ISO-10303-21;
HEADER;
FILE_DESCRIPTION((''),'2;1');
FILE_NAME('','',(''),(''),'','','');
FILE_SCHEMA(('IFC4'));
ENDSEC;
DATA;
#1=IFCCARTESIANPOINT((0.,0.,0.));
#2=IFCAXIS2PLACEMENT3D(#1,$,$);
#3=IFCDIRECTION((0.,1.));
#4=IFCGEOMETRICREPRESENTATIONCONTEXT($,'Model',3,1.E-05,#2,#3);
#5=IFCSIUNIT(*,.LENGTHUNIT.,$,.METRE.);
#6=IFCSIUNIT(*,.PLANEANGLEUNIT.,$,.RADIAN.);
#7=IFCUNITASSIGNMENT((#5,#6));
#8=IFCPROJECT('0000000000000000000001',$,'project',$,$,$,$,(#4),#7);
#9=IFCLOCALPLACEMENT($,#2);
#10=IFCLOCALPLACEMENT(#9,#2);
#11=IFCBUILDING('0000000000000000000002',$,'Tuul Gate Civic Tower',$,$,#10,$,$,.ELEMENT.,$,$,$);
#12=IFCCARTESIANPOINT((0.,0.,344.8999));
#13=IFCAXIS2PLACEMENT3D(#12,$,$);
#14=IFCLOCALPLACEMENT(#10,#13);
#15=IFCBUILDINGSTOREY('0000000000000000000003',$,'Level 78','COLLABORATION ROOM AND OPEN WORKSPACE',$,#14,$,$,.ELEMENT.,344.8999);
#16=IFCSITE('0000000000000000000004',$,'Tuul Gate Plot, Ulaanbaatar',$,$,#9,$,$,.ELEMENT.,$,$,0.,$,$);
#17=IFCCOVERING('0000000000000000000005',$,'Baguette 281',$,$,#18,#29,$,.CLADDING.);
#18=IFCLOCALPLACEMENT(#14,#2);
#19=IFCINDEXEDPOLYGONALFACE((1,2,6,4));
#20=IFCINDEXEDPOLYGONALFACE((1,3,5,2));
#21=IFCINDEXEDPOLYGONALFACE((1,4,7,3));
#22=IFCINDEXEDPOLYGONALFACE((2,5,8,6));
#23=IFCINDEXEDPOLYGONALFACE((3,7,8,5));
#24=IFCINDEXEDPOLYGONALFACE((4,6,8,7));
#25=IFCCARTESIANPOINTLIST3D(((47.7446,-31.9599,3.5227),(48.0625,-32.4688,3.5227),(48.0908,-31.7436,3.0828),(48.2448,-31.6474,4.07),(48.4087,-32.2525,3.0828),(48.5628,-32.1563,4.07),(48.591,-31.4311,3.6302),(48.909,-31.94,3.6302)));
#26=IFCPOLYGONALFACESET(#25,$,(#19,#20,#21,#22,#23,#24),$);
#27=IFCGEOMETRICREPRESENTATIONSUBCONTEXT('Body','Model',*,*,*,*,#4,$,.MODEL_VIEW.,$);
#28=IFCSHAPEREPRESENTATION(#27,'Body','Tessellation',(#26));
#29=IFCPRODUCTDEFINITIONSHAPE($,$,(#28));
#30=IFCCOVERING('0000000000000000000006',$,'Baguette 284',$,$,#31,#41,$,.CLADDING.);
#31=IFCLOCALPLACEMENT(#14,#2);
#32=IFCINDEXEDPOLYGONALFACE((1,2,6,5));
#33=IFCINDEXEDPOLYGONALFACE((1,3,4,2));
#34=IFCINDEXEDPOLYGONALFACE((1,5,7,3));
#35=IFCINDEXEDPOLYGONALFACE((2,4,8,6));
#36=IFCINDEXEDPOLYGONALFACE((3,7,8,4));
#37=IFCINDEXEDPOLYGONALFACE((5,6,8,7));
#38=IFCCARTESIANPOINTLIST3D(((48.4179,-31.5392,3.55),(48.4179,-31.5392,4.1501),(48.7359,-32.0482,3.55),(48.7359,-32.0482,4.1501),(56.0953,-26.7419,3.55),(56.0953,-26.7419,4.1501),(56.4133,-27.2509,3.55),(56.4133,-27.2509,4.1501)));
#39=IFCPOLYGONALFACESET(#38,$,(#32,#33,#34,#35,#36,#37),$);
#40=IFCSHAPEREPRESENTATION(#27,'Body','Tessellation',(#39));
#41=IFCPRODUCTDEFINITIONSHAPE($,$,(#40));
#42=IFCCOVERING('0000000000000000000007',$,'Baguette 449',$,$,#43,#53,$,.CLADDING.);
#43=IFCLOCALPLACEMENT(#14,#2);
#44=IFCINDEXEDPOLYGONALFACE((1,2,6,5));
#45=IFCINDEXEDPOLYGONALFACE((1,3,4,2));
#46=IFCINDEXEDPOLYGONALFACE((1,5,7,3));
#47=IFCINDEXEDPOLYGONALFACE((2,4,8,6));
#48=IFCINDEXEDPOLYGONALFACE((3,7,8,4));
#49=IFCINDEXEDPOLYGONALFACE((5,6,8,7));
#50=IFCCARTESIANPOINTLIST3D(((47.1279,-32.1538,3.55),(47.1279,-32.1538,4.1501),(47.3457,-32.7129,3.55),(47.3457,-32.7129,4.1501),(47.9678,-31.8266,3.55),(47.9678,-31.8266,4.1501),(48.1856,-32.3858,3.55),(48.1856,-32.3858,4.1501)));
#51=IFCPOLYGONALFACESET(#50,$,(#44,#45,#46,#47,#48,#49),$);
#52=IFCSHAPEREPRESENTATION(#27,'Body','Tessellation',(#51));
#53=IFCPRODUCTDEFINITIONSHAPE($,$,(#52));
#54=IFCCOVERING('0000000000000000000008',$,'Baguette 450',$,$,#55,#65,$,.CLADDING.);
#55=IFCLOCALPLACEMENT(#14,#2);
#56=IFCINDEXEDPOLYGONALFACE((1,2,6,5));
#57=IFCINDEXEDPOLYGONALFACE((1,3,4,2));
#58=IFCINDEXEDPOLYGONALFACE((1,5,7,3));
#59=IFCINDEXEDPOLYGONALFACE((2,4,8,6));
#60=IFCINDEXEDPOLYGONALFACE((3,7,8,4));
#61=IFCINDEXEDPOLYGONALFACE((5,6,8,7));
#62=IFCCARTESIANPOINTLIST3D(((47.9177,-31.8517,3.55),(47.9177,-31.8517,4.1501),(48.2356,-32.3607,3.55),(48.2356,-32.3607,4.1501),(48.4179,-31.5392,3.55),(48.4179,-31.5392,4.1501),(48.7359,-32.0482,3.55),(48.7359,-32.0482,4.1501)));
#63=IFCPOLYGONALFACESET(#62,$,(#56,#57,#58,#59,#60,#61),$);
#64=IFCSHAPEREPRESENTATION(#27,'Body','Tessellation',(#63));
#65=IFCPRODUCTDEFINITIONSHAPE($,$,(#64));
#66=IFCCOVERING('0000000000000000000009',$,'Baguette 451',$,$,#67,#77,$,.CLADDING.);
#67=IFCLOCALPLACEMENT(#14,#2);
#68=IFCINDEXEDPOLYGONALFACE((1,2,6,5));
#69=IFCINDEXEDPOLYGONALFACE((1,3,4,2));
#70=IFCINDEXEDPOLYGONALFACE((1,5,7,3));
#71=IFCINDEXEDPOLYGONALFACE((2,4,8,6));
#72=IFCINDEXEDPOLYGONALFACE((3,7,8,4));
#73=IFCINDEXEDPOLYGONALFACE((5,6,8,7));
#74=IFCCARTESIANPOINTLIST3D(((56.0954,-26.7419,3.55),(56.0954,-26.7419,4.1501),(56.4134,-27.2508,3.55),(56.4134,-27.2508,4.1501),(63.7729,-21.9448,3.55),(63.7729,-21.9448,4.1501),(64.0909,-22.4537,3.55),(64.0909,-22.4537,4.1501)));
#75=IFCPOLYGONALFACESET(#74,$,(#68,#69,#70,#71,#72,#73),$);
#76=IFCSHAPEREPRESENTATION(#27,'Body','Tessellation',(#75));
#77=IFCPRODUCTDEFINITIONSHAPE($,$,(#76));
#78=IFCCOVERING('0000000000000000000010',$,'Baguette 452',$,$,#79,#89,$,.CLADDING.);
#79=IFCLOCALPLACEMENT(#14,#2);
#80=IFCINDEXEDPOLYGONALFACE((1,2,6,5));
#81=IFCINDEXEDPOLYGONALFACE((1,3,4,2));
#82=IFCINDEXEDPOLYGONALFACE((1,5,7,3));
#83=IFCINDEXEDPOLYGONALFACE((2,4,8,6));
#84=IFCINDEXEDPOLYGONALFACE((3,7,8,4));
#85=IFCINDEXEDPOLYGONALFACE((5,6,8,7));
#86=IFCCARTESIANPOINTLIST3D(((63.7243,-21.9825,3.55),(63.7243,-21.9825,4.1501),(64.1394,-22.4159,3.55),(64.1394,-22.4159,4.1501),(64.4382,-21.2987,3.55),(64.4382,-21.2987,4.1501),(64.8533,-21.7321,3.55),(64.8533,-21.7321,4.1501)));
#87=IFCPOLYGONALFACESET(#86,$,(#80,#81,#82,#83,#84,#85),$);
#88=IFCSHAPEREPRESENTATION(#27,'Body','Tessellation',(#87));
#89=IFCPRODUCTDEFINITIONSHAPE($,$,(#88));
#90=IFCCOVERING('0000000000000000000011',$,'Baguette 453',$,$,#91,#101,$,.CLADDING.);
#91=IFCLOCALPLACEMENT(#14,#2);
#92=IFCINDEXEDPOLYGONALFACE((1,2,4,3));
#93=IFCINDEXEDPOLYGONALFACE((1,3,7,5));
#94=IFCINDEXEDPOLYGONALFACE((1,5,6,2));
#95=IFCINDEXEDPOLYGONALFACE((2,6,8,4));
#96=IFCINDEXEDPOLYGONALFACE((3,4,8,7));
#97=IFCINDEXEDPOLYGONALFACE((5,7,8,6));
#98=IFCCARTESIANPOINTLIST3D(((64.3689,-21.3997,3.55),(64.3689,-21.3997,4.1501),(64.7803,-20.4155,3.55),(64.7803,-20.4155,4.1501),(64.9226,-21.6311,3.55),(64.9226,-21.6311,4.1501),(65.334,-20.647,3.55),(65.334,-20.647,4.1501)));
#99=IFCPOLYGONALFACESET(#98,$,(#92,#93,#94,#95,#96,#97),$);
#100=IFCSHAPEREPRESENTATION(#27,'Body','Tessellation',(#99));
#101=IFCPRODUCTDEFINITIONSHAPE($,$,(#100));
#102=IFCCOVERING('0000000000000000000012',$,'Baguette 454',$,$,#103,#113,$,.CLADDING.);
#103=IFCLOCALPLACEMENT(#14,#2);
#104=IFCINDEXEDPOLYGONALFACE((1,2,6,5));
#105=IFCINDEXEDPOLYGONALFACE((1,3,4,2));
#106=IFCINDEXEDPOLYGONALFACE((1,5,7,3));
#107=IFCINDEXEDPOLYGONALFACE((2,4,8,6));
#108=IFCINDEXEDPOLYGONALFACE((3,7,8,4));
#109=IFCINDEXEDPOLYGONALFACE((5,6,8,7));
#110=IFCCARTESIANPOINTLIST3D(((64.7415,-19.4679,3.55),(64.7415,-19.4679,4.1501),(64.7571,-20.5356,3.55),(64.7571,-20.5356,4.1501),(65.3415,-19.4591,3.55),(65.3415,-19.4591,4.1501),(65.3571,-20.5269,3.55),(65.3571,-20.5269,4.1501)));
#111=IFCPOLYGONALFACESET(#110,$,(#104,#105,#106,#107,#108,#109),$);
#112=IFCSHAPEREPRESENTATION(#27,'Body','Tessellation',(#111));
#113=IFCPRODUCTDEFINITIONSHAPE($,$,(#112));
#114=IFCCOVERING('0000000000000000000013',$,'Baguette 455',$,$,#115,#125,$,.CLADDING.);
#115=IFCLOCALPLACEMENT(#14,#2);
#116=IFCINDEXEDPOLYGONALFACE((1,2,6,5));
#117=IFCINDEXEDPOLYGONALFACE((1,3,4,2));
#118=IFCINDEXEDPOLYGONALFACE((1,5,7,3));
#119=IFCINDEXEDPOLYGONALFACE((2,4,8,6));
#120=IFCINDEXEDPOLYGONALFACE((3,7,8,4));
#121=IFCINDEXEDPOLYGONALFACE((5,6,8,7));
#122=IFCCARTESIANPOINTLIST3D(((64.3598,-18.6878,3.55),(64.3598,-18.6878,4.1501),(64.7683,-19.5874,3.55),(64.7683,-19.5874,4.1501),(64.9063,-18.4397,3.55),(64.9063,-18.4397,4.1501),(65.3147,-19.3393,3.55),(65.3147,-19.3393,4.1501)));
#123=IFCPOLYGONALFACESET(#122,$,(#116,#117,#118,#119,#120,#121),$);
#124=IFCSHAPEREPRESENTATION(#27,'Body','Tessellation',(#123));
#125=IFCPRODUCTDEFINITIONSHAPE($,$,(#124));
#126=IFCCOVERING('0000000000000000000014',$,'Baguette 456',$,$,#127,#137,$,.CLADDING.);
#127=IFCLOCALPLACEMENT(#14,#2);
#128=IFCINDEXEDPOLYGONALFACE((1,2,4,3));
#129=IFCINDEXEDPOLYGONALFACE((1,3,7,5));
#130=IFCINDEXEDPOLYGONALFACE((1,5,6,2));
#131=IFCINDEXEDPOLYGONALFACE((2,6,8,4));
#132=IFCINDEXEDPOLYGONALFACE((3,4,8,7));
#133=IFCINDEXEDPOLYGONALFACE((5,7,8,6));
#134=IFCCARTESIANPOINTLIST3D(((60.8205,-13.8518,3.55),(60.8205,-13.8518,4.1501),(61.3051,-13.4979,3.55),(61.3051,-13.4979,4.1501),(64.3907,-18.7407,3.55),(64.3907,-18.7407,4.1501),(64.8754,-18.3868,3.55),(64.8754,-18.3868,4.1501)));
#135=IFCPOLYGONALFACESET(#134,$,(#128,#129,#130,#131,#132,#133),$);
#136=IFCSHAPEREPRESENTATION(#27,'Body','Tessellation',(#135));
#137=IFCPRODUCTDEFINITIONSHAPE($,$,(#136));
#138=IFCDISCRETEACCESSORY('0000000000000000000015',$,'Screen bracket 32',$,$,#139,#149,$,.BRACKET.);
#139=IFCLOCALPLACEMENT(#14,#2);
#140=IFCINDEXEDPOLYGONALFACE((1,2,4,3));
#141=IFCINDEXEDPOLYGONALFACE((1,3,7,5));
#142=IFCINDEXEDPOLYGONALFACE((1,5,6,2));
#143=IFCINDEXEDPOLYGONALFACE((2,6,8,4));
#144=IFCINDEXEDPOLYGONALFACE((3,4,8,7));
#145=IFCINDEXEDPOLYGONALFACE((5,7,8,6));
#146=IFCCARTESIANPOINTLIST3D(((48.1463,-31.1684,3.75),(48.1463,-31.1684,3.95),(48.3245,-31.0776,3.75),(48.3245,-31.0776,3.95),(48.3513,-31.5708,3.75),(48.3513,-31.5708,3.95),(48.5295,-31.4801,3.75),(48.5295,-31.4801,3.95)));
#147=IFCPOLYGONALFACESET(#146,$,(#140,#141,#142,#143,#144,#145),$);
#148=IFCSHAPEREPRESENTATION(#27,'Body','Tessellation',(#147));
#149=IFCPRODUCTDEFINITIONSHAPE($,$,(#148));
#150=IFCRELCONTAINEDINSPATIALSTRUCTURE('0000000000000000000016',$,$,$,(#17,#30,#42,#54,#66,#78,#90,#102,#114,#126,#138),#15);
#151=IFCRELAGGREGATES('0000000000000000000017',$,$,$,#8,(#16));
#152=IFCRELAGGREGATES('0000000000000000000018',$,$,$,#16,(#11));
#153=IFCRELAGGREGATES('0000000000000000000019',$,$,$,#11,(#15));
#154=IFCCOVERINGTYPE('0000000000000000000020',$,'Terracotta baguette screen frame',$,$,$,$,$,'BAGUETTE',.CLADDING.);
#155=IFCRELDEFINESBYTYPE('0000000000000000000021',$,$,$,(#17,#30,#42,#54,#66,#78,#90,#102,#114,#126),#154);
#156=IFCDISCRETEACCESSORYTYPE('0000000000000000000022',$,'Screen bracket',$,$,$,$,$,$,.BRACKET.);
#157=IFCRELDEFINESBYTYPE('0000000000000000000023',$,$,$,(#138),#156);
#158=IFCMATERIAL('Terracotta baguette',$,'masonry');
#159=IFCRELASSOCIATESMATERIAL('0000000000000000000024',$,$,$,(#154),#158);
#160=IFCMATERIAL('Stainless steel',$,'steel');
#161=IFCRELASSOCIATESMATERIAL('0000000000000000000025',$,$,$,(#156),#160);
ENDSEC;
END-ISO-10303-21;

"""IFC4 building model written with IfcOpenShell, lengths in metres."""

from ifc_helpers import new_model, si_unit, direction, frame, origin, origin_2d, place, context, subcontext, project, spatial, rectangle, extrude, material, material_profile, profile_set, type_object, element, save


model = new_model("IFC4")

# Units and contexts
model_context = context("Model", 3, precision=1e-05, world=origin(), true_north=direction((0.0, 1.0)))
body_context = subcontext(model_context, "Body", "Model", "MODEL_VIEW")
ifc_project = project(units=[si_unit("LENGTHUNIT", "METRE"), si_unit("PLANEANGLEUNIT", "RADIAN")], contexts=[model_context])

# Site, building, storey
site_placement = place(None, origin())
site = spatial("IfcSite", under=ifc_project, at=site_placement, Name="Tuul Gate Plot, Ulaanbaatar", CompositionType="ELEMENT", RefElevation=0.0)
building_placement = place(site_placement, origin())
building = spatial("IfcBuilding", under=site, at=building_placement, Name="Tuul Gate Civic Tower", CompositionType="ELEMENT")
storey_placement = place(building_placement, frame((0.0, 0.0, 344.8999)))
storey = spatial("IfcBuildingStorey", under=building, at=storey_placement, Name="Level 78", Description="COLLABORATION ROOM AND OPEN WORKSPACE", CompositionType="ELEMENT", Elevation=344.8999)

# Coverings
ifc_material_1 = material(Name="Terracotta baguette", Category="masonry")
ifc_material_profile_1 = material_profile(ifc_material_1, rectangle(XDim=0.6001, YDim=0.6001, at=origin_2d()), Name="Terracotta baguette screen frame")
ifc_profile_set_1 = profile_set([ifc_material_profile_1], Name="Terracotta baguette")
covering_type = type_object("IfcCoveringType", Name="Terracotta baguette screen frame", ElementType="BAGUETTE", PredefinedType="CLADDING", material=ifc_profile_set_1)
covering_1_placement = place(storey_placement, frame((48.0767, -32.1062, 3.3027), z_axis=(0.62167, 0.388354, 0.680226), x_axis=(-0.529813, 0.848115, 0.0)))
element("IfcCovering", 1, at=covering_1_placement, inside=storey, type_object=covering_type, Name="Baguette 281", PredefinedType="CLADDING", context=body_context, shape_type="SweptSolid", body=[
    extrude(rectangle(XDim=0.6001, YDim=0.6001, at=origin_2d()), origin(), (0.0, 0.0, 1.0), 0.8047),
])
covering_2_placement = place(storey_placement, frame((48.5769, -31.7937, 3.8501), z_axis=(0.848051, 0.529914, 0.0), x_axis=(-0.529914, 0.848051, 0.0)))
element("IfcCovering", 2, at=covering_2_placement, inside=storey, type_object=covering_type, Name="Baguette 284", PredefinedType="CLADDING", context=body_context, shape_type="SweptSolid", body=[
    extrude(rectangle(XDim=0.6001, YDim=0.6001, at=origin_2d()), origin(), (0.0, 0.0, 1.0), 9.053),
])
covering_3_placement = place(storey_placement, frame((47.2368, -32.4333, 3.8501), z_axis=(0.931801, 0.362969, 0.0), x_axis=(-0.362969, 0.931801, 0.0)))
element("IfcCovering", 3, at=covering_3_placement, inside=storey, type_object=covering_type, Name="Baguette 449", PredefinedType="CLADDING", context=body_context, shape_type="SweptSolid", body=[
    extrude(rectangle(XDim=0.6001, YDim=0.6001, at=origin_2d()), origin(), (0.0, 0.0, 1.0), 0.9014),
])
covering_4_placement = place(storey_placement, frame((48.0767, -32.1062, 3.8501), z_axis=(0.848115, 0.529813, 0.0), x_axis=(-0.529813, 0.848115, 0.0)))
element("IfcCovering", 4, at=covering_4_placement, inside=storey, type_object=covering_type, Name="Baguette 450", PredefinedType="CLADDING", context=body_context, shape_type="SweptSolid", body=[
    extrude(rectangle(XDim=0.6001, YDim=0.6001, at=origin_2d()), origin(), (0.0, 0.0, 1.0), 0.5898),
])
covering_5_placement = place(storey_placement, frame((56.2544, -26.9963, 3.8501), z_axis=(0.848063, 0.529895, 0.0), x_axis=(-0.529895, 0.848063, 0.0)))
element("IfcCovering", 5, at=covering_5_placement, inside=storey, type_object=covering_type, Name="Baguette 451", PredefinedType="CLADDING", context=body_context, shape_type="SweptSolid", body=[
    extrude(rectangle(XDim=0.6001, YDim=0.6001, at=origin_2d()), origin(), (0.0, 0.0, 1.0), 9.053),
])
covering_6_placement = place(storey_placement, frame((63.9319, -22.1992, 3.8501), z_axis=(0.722132, 0.691755, 0.0), x_axis=(-0.691755, 0.722132, 0.0)))
element("IfcCovering", 6, at=covering_6_placement, inside=storey, type_object=covering_type, Name="Baguette 452", PredefinedType="CLADDING", context=body_context, shape_type="SweptSolid", body=[
    extrude(rectangle(XDim=0.6001, YDim=0.6001, at=origin_2d()), origin(), (0.0, 0.0, 1.0), 0.9885),
])
covering_7_placement = place(storey_placement, frame((64.6458, -21.5154, 3.8501), z_axis=(0.385672, 0.922636, 0.0), x_axis=(-0.922636, 0.385672, 0.0)))
element("IfcCovering", 7, at=covering_7_placement, inside=storey, type_object=covering_type, Name="Baguette 453", PredefinedType="CLADDING", context=body_context, shape_type="SweptSolid", body=[
    extrude(rectangle(XDim=0.6001, YDim=0.6001, at=origin_2d()), origin(), (0.0, 0.0, 1.0), 1.0667),
])
covering_8_placement = place(storey_placement, frame((65.0571, -20.5312, 3.8501), z_axis=(-0.01463, 0.999893, 0.0), x_axis=(-0.999893, -0.01463, 0.0)))
element("IfcCovering", 8, at=covering_8_placement, inside=storey, type_object=covering_type, Name="Baguette 454", PredefinedType="CLADDING", context=body_context, shape_type="SweptSolid", body=[
    extrude(rectangle(XDim=0.6001, YDim=0.6001, at=origin_2d()), origin(), (0.0, 0.0, 1.0), 1.0679),
])
covering_9_placement = place(storey_placement, frame((65.0415, -19.4634, 3.8501), z_axis=(-0.413393, 0.910553, 0.0), x_axis=(-0.910553, -0.413393, 0.0)))
element("IfcCovering", 9, at=covering_9_placement, inside=storey, type_object=covering_type, Name="Baguette 455", PredefinedType="CLADDING", context=body_context, shape_type="SweptSolid", body=[
    extrude(rectangle(XDim=0.6001, YDim=0.6001, at=origin_2d()), origin(), (0.0, 0.0, 1.0), 0.988),
])
covering_10_placement = place(storey_placement, frame((64.6331, -18.5637, 3.8501), z_axis=(-0.589763, 0.807577, 0.0), x_axis=(-0.807577, -0.589763, 0.0)))
element("IfcCovering", 10, at=covering_10_placement, inside=storey, type_object=covering_type, Name="Baguette 456", PredefinedType="CLADDING", context=body_context, shape_type="SweptSolid", body=[
    extrude(rectangle(XDim=0.6001, YDim=0.6001, at=origin_2d()), origin(), (0.0, 0.0, 1.0), 6.0537),
])

# Discrete accessory
ifc_material_2 = material(Name="Stainless steel", Category="steel")
discrete_accessory_type = type_object("IfcDiscreteAccessoryType", Name="Screen bracket", PredefinedType="BRACKET", material=ifc_material_2)
discrete_accessory_placement = place(storey_placement, frame((48.3379, -31.3242, 3.75), z_axis=(0.0, 0.0, 1.0), x_axis=(0.453849, -0.891079, 0.0)))
element("IfcDiscreteAccessory", 11, at=discrete_accessory_placement, inside=storey, type_object=discrete_accessory_type, Name="Screen bracket 32", PredefinedType="BRACKET", context=body_context, shape_type="SweptSolid", body=[
    extrude(rectangle(XDim=0.4517, YDim=0.2, at=origin_2d()), origin(), (0.0, 0.0, 1.0), 0.2),
])

save(model, "model.ifc")
